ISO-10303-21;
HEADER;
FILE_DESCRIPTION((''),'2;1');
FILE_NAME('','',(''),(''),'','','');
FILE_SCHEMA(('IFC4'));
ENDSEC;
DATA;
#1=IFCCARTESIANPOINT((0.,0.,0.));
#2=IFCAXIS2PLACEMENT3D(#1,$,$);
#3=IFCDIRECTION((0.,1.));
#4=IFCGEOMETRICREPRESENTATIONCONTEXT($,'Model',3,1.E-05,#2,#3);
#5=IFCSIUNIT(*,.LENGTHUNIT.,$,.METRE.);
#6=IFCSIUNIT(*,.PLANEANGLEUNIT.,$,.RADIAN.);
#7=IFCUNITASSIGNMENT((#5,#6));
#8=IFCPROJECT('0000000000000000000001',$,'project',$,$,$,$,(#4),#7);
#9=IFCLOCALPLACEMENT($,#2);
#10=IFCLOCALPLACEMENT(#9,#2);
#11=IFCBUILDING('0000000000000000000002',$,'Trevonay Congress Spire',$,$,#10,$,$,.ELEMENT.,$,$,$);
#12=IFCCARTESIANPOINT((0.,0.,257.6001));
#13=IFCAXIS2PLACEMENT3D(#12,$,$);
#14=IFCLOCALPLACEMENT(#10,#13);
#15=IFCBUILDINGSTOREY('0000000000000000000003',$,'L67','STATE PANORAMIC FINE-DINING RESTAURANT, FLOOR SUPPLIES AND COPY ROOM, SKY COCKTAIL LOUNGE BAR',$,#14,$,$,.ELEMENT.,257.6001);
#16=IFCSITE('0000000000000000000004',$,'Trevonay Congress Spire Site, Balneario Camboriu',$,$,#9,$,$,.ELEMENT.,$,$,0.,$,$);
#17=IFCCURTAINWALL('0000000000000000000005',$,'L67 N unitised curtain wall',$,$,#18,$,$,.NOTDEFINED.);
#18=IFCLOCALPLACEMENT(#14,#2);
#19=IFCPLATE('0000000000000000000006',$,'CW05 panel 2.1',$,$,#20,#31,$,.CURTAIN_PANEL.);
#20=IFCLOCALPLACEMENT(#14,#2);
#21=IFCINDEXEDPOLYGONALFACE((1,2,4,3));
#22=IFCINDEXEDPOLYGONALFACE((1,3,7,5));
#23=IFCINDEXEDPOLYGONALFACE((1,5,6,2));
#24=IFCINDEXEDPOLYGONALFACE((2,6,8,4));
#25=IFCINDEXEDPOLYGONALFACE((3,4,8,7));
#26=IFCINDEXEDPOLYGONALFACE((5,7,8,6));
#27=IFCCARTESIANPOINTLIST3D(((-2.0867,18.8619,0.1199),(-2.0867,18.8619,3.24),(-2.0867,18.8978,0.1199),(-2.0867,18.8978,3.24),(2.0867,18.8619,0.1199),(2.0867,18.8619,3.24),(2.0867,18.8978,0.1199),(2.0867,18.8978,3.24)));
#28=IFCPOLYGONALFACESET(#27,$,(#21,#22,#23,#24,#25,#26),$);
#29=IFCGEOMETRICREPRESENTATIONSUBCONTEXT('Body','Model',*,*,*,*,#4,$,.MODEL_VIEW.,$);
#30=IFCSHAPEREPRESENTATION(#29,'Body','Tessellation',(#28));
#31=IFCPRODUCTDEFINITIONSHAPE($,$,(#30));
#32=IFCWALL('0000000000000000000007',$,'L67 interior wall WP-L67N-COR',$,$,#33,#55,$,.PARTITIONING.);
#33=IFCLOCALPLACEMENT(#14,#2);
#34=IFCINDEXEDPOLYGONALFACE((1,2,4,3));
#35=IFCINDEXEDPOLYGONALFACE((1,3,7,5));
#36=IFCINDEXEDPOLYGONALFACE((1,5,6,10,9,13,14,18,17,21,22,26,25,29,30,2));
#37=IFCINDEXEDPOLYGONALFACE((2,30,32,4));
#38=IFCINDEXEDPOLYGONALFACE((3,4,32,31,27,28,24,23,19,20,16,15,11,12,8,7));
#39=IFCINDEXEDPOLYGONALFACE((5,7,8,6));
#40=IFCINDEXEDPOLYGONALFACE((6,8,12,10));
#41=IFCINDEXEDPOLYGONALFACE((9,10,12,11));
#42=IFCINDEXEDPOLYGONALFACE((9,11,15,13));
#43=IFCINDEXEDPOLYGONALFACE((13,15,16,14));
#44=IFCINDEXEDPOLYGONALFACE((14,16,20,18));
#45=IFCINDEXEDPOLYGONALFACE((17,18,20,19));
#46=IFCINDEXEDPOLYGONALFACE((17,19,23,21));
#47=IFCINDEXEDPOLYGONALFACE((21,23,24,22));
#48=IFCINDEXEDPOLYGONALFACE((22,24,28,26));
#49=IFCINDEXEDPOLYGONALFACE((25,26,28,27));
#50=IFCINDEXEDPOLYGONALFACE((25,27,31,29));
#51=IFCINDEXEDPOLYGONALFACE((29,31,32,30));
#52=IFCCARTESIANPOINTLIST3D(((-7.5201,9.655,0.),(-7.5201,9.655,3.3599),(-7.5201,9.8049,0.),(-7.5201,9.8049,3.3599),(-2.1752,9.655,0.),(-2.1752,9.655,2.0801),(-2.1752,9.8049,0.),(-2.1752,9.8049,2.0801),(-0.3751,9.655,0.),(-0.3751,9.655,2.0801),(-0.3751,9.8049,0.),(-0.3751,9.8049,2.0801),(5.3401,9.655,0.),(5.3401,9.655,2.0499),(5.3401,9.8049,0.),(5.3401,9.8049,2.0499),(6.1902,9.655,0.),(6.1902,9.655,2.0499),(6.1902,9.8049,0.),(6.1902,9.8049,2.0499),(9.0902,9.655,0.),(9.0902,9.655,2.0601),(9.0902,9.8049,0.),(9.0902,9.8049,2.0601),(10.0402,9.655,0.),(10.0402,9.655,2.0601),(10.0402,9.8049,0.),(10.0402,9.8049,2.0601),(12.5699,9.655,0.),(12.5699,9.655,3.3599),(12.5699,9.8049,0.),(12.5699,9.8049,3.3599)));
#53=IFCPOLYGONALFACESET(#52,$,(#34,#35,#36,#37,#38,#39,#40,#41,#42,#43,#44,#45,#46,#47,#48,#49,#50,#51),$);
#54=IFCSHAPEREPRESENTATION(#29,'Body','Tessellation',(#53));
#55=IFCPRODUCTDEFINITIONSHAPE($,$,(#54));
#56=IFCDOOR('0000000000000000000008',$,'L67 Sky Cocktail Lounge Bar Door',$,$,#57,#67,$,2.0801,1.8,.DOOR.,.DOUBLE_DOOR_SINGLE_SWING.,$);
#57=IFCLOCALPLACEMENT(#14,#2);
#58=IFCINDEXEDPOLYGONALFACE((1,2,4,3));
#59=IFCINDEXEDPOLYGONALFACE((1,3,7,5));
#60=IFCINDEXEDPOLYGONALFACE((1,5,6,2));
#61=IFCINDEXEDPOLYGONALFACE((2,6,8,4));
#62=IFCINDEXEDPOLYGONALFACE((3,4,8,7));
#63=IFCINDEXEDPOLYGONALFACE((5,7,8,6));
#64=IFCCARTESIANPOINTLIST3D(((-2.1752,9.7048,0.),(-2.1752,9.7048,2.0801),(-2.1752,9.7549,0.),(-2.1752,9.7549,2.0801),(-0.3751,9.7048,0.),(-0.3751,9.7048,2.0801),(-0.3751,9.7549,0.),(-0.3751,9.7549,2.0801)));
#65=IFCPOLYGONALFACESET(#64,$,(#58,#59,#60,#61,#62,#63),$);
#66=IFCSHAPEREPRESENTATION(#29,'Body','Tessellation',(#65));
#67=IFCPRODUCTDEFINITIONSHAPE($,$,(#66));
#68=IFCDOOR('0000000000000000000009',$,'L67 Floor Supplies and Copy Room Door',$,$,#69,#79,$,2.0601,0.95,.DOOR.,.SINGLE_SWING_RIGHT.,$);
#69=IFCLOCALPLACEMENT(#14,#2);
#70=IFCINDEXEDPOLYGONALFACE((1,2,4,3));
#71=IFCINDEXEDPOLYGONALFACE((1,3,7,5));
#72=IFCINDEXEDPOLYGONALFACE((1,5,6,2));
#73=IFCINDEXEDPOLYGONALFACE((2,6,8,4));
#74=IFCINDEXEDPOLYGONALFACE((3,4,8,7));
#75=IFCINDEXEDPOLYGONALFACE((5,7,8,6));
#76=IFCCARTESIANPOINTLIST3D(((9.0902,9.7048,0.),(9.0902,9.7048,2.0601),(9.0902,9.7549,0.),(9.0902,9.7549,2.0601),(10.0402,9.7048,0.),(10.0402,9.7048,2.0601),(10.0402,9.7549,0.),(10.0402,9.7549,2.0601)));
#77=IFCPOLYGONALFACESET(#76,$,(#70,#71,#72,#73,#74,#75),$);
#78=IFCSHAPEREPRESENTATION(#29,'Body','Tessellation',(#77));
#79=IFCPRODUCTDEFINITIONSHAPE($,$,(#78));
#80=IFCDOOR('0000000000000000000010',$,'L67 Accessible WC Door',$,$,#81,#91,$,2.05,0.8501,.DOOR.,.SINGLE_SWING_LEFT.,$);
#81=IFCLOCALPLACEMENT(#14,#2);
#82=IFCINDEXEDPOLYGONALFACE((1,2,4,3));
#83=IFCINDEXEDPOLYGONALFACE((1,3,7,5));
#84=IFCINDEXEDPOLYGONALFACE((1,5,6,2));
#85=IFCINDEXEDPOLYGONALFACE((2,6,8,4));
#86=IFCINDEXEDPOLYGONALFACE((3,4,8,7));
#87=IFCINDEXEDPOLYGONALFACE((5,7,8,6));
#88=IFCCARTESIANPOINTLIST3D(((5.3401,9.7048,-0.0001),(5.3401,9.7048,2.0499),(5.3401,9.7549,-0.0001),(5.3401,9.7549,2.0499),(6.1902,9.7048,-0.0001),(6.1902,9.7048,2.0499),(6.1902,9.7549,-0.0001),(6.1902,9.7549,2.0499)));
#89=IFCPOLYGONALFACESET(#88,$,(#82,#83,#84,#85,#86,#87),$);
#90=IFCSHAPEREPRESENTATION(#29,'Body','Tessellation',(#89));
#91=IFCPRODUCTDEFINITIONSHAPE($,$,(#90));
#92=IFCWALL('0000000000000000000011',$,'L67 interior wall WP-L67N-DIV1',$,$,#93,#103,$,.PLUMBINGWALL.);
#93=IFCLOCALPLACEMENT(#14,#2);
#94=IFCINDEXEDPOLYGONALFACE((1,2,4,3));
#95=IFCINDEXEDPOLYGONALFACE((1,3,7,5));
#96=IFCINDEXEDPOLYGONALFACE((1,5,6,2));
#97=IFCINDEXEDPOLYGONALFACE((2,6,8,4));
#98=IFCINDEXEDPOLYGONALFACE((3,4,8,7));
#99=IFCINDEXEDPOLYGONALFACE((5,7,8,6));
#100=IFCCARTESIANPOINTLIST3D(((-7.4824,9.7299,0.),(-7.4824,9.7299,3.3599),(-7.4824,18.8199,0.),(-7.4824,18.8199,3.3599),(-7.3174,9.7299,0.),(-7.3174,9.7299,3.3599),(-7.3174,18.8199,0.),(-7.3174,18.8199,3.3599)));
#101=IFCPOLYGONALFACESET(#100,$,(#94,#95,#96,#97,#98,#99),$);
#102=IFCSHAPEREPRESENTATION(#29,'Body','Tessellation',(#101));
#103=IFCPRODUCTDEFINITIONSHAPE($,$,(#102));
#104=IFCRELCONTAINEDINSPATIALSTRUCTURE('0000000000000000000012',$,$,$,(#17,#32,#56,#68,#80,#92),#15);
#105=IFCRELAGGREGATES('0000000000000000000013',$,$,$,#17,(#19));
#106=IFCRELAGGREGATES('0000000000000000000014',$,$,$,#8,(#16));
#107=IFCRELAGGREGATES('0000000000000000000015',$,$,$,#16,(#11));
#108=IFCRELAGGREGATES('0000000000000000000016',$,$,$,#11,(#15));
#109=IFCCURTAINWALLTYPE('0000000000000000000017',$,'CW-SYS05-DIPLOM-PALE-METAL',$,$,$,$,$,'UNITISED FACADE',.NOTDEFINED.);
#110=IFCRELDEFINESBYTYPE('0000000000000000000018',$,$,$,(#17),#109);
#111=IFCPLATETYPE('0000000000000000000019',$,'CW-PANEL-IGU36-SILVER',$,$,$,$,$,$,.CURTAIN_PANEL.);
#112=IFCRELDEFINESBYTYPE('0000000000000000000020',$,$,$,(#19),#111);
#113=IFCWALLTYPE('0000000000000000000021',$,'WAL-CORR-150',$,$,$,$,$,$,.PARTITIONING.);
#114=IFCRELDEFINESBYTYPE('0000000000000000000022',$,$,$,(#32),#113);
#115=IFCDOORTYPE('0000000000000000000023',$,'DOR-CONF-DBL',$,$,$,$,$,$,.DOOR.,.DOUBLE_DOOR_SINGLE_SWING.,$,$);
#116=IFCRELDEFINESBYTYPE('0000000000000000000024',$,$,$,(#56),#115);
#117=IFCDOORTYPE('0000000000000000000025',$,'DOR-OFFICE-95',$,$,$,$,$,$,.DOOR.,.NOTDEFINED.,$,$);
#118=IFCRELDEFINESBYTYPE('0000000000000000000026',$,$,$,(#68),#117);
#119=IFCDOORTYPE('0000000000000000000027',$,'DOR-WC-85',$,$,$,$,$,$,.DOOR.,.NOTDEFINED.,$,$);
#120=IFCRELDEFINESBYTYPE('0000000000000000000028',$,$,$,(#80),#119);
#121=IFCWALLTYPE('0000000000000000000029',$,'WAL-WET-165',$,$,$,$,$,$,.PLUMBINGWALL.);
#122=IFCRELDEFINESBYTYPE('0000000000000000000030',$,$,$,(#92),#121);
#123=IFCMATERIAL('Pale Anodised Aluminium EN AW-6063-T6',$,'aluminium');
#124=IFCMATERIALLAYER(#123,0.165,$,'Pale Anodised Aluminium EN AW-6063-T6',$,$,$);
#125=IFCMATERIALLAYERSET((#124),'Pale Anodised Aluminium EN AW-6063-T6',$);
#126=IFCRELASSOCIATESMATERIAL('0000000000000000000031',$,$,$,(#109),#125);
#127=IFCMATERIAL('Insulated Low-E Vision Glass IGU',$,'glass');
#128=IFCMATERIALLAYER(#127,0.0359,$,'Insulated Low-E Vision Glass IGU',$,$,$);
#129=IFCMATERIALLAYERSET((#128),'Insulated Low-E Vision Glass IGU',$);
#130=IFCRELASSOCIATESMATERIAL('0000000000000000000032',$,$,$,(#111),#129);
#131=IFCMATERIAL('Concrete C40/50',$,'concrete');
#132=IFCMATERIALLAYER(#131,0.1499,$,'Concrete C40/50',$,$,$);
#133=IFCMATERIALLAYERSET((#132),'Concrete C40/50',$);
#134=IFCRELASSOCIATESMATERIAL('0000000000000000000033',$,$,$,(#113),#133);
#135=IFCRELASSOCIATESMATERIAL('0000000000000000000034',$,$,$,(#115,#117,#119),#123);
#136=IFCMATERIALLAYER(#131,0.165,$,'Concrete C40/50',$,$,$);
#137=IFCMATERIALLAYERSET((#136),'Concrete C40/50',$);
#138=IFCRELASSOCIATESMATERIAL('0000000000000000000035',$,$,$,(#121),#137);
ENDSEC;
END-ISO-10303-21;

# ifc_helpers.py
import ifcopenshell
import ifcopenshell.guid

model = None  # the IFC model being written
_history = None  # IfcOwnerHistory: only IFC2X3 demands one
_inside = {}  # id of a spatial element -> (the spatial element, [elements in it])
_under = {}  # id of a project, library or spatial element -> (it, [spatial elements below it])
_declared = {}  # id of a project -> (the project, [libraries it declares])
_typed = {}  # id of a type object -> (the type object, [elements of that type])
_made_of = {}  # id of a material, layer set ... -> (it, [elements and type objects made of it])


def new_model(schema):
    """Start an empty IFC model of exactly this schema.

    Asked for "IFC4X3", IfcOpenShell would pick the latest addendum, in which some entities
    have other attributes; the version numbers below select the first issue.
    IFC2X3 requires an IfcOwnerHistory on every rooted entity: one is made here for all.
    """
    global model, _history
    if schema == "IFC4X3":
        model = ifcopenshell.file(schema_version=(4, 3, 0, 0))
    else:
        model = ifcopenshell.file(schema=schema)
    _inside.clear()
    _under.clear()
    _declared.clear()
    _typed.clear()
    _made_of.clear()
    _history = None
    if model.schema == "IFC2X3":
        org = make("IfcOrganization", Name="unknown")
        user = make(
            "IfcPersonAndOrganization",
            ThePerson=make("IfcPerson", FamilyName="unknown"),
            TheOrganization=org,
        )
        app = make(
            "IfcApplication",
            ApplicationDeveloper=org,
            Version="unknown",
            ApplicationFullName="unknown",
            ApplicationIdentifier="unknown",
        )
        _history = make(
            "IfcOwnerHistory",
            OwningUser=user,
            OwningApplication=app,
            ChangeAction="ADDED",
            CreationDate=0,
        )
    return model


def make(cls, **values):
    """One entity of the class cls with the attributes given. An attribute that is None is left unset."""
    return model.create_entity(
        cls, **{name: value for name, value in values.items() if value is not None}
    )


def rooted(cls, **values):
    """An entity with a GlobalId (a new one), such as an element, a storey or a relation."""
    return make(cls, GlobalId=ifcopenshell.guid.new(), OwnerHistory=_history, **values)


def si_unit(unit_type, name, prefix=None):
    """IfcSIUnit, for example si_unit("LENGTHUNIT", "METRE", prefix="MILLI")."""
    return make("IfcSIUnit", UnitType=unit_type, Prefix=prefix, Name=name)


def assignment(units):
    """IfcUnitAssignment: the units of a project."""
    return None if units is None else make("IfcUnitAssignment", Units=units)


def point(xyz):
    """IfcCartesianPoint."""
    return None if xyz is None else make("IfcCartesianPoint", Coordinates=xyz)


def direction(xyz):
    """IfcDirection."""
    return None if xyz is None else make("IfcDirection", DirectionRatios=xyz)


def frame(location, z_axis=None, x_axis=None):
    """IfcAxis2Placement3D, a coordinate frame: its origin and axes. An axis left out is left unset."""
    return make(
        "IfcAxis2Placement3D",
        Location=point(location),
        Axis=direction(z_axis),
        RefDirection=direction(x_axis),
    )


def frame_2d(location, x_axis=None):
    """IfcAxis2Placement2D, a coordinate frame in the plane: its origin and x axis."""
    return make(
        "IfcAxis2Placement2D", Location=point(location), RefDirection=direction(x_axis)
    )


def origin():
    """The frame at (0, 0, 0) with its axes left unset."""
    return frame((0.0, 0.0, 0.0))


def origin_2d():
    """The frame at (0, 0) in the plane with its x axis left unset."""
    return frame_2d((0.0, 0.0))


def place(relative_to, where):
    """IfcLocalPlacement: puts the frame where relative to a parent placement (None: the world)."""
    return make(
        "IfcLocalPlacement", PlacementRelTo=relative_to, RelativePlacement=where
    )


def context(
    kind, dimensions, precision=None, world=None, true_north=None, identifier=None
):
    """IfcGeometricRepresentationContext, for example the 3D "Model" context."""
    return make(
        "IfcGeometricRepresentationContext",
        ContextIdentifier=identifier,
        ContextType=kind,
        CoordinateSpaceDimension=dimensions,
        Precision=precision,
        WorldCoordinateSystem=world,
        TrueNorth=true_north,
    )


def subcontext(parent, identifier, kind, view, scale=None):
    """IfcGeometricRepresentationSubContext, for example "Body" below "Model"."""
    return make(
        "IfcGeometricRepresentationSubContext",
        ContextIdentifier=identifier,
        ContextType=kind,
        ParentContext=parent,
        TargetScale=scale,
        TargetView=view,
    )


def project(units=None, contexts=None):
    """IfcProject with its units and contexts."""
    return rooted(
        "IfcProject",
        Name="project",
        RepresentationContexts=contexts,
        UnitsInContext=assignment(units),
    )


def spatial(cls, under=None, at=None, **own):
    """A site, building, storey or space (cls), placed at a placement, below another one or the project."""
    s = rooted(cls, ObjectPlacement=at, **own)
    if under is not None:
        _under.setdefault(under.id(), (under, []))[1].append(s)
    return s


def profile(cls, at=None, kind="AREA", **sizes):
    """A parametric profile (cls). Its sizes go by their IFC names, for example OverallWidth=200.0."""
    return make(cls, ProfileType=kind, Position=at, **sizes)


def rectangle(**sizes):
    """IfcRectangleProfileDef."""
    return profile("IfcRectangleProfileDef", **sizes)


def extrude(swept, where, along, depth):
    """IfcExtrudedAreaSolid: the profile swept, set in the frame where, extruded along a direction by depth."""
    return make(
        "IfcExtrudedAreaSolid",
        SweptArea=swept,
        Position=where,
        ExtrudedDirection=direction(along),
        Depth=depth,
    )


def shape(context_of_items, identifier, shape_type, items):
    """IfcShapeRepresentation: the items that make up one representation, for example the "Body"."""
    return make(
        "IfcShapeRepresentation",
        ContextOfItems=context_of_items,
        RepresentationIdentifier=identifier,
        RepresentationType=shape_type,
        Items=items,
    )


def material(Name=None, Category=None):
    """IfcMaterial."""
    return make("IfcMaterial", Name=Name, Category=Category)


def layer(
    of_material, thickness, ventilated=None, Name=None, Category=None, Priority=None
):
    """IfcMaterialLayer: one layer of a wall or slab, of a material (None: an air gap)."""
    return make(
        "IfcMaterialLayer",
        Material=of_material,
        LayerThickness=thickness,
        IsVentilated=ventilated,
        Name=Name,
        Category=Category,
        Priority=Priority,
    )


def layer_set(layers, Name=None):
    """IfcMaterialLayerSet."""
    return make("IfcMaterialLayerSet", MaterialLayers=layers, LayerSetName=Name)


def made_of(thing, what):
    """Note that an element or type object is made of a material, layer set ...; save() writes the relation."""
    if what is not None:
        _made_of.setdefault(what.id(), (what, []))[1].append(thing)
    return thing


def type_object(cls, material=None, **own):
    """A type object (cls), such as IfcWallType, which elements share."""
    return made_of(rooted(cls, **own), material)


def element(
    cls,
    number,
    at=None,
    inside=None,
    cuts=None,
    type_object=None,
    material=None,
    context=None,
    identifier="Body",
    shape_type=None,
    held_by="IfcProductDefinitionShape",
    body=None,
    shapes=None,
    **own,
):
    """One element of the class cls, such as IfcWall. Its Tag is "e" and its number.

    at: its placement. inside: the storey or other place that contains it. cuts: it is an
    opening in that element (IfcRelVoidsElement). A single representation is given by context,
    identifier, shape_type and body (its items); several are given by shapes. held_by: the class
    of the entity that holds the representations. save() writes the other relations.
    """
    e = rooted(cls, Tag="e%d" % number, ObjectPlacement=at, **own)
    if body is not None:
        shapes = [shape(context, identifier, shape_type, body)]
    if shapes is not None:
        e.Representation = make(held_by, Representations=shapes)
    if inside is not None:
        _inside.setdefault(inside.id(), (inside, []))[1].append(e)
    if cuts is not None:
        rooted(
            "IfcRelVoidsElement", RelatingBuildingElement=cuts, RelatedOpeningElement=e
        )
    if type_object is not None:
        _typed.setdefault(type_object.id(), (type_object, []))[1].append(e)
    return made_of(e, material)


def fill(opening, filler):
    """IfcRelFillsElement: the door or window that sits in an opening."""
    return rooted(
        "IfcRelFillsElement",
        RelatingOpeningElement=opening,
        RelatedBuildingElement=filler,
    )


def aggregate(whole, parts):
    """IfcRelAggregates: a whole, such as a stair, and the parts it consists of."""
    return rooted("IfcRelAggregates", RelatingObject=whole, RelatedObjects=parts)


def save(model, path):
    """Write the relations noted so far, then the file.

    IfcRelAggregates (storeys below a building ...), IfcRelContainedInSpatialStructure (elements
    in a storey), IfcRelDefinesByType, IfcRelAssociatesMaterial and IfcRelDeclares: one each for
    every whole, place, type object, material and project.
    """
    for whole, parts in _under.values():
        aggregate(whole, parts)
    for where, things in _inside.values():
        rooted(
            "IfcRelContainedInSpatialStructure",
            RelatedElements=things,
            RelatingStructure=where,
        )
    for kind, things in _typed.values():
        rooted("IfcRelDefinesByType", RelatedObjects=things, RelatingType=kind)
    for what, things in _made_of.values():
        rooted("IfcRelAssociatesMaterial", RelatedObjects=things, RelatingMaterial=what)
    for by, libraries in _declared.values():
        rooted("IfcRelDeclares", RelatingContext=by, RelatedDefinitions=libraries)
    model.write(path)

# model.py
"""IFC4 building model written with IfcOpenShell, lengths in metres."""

from ifc_helpers import new_model, si_unit, direction, frame, frame_2d, origin, origin_2d, place, context, subcontext, project, spatial, rectangle, extrude, material, layer, layer_set, type_object, element, fill, aggregate, save


model = new_model("IFC4")

# Units and contexts
model_context = context("Model", 3, precision=1e-05, world=origin(), true_north=direction((0.0, 1.0)))
body_context = subcontext(model_context, "Body", "Model", "MODEL_VIEW")
ifc_project = project(units=[si_unit("LENGTHUNIT", "METRE"), si_unit("PLANEANGLEUNIT", "RADIAN")], contexts=[model_context])

# Site, building, storey
site_placement = place(None, origin())
site = spatial("IfcSite", under=ifc_project, at=site_placement, Name="Trevonay Congress Spire Site, Balneario Camboriu", CompositionType="ELEMENT", RefElevation=0.0)
building_placement = place(site_placement, origin())
building = spatial("IfcBuilding", under=site, at=building_placement, Name="Trevonay Congress Spire", CompositionType="ELEMENT")
storey_placement = place(building_placement, frame((0.0, 0.0, 257.6001)))
storey = spatial("IfcBuildingStorey", under=building, at=storey_placement, Name="L67", Description="STATE PANORAMIC FINE-DINING RESTAURANT, FLOOR SUPPLIES AND COPY ROOM, SKY COCKTAIL LOUNGE BAR", CompositionType="ELEMENT", Elevation=257.6001)

# Curtain wall, plate
ifc_material_1 = material(Name="Pale Anodised Aluminium EN AW-6063-T6", Category="aluminium")
ifc_layer_1 = layer(ifc_material_1, 0.165, Name="Pale Anodised Aluminium EN AW-6063-T6")
ifc_layer_set_1 = layer_set([ifc_layer_1], Name="Pale Anodised Aluminium EN AW-6063-T6")
curtain_wall_type = type_object("IfcCurtainWallType", Name="CW-SYS05-DIPLOM-PALE-METAL", ElementType="UNITISED FACADE", PredefinedType="NOTDEFINED", material=ifc_layer_set_1)
curtain_wall_placement = place(storey_placement, origin())
curtain_wall = element("IfcCurtainWall", 1, at=curtain_wall_placement, inside=storey, type_object=curtain_wall_type, Name="L67 N unitised curtain wall", PredefinedType="NOTDEFINED")
ifc_material_2 = material(Name="Insulated Low-E Vision Glass IGU", Category="glass")
ifc_layer_2 = layer(ifc_material_2, 0.0359, Name="Insulated Low-E Vision Glass IGU")
ifc_layer_set_2 = layer_set([ifc_layer_2], Name="Insulated Low-E Vision Glass IGU")
plate_type = type_object("IfcPlateType", Name="CW-PANEL-IGU36-SILVER", PredefinedType="CURTAIN_PANEL", material=ifc_layer_set_2)
plate_1_placement = place(storey_placement, frame((0.0, 18.8799, 0.1199), z_axis=(0.0, 0.0, 1.0), x_axis=(1.0, 0.0, 0.0)))
plate_1 = element("IfcPlate", 2, at=plate_1_placement, type_object=plate_type, Name="CW05 panel 2.1", PredefinedType="CURTAIN_PANEL", context=body_context, shape_type="SweptSolid", body=[
    extrude(rectangle(XDim=4.1733, YDim=0.0359, at=origin_2d()), origin(), (0.0, 0.0, 1.0), 3.1201),
])
aggregate(curtain_wall, [plate_1])

# Wall, openings, doors
ifc_material_3 = material(Name="Concrete C40/50", Category="concrete")
ifc_layer_3 = layer(ifc_material_3, 0.1499, Name="Concrete C40/50")
ifc_layer_set_3 = layer_set([ifc_layer_3], Name="Concrete C40/50")
wall_type_1 = type_object("IfcWallType", Name="WAL-CORR-150", PredefinedType="PARTITIONING", material=ifc_layer_set_3)
wall_1_placement = place(storey_placement, frame((-7.52, 9.73, 0.0), z_axis=(0.0, 0.0, 1.0), x_axis=(1.0, 0.0, 0.0)))
wall_1 = element("IfcWall", 3, at=wall_1_placement, inside=storey, type_object=wall_type_1, Name="L67 interior wall WP-L67N-COR", PredefinedType="PARTITIONING", context=body_context, shape_type="SweptSolid", body=[
    extrude(rectangle(XDim=20.0901, YDim=0.1499, at=frame_2d((10.0449, 0.0))), origin(), (0.0, 0.0, 1.0), 3.3599),
])
opening_1_placement = place(wall_1_placement, frame((5.345, 0.0, 0.0)))
opening_1 = element("IfcOpeningElement", 4, at=opening_1_placement, cuts=wall_1, PredefinedType="OPENING", context=body_context, shape_type="SweptSolid", body=[
    extrude(rectangle(XDim=1.8, YDim=2.0801, at=frame_2d((0.8999, 1.04))), frame((0.0, 0.085, 0.0), z_axis=(0.0, -1.0, 0.0), x_axis=(1.0, 0.0, 0.0)), (0.0, 0.0, 1.0), 0.1699),
])
opening_2_placement = place(wall_1_placement, frame((12.8601, 0.0, 0.0)))
opening_2 = element("IfcOpeningElement", 5, at=opening_2_placement, cuts=wall_1, PredefinedType="OPENING", context=body_context, shape_type="SweptSolid", body=[
    extrude(rectangle(XDim=0.8501, YDim=2.05, at=frame_2d((0.425, 1.0249))), frame((0.0, 0.085, 0.0), z_axis=(0.0, -1.0, 0.0), x_axis=(1.0, 0.0, 0.0)), (0.0, 0.0, 1.0), 0.1699),
])
opening_3_placement = place(wall_1_placement, frame((16.6101, 0.0, 0.0)))
opening_3 = element("IfcOpeningElement", 6, at=opening_3_placement, cuts=wall_1, PredefinedType="OPENING", context=body_context, shape_type="SweptSolid", body=[
    extrude(rectangle(XDim=0.95, YDim=2.0601, at=frame_2d((0.4751, 1.03))), frame((0.0, 0.085, 0.0), z_axis=(0.0, -1.0, 0.0), x_axis=(1.0, 0.0, 0.0)), (0.0, 0.0, 1.0), 0.1699),
])
door_type_1 = type_object("IfcDoorType", Name="DOR-CONF-DBL", OperationType="DOUBLE_DOOR_SINGLE_SWING", PredefinedType="DOOR", material=ifc_material_1)
door_1_placement = place(opening_1_placement, origin())
door_1 = element("IfcDoor", 7, at=door_1_placement, inside=storey, type_object=door_type_1, Name="L67 Sky Cocktail Lounge Bar Door", OperationType="DOUBLE_DOOR_SINGLE_SWING", OverallHeight=2.0801, OverallWidth=1.8, PredefinedType="DOOR", context=body_context, shape_type="SweptSolid", body=[
    extrude(rectangle(XDim=1.8, YDim=2.0801, at=frame_2d((0.8999, 1.04))), frame((0.0, 0.0249, 0.0), z_axis=(0.0, -1.0, 0.0), x_axis=(1.0, 0.0, 0.0)), (0.0, 0.0, 1.0), 0.05),
])
fill(opening_1, door_1)
door_type_2 = type_object("IfcDoorType", Name="DOR-OFFICE-95", OperationType="NOTDEFINED", PredefinedType="DOOR", material=ifc_material_1)
door_2_placement = place(opening_3_placement, origin())
door_2 = element("IfcDoor", 8, at=door_2_placement, inside=storey, type_object=door_type_2, Name="L67 Floor Supplies and Copy Room Door", OperationType="SINGLE_SWING_RIGHT", OverallHeight=2.0601, OverallWidth=0.95, PredefinedType="DOOR", context=body_context, shape_type="SweptSolid", body=[
    extrude(rectangle(XDim=0.95, YDim=2.0601, at=frame_2d((0.4751, 1.03))), frame((0.0, 0.0249, 0.0), z_axis=(0.0, -1.0, 0.0), x_axis=(1.0, 0.0, 0.0)), (0.0, 0.0, 1.0), 0.05),
])
fill(opening_3, door_2)
door_type_3 = type_object("IfcDoorType", Name="DOR-WC-85", OperationType="NOTDEFINED", PredefinedType="DOOR", material=ifc_material_1)
door_3_placement = place(opening_2_placement, origin())
door_3 = element("IfcDoor", 9, at=door_3_placement, inside=storey, type_object=door_type_3, Name="L67 Accessible WC Door", OperationType="SINGLE_SWING_LEFT", OverallHeight=2.05, OverallWidth=0.8501, PredefinedType="DOOR", context=body_context, shape_type="SweptSolid", body=[
    extrude(rectangle(XDim=0.8501, YDim=2.05, at=frame_2d((0.425, 1.0249))), frame((0.0, 0.0249, 0.0), z_axis=(0.0, -1.0, 0.0), x_axis=(1.0, 0.0, 0.0)), (0.0, 0.0, 1.0), 0.05),
])
fill(opening_2, door_3)

# Wall
ifc_layer_4 = layer(ifc_material_3, 0.165, Name="Concrete C40/50")
ifc_layer_set_4 = layer_set([ifc_layer_4], Name="Concrete C40/50")
wall_type_2 = type_object("IfcWallType", Name="WAL-WET-165", PredefinedType="PLUMBINGWALL", material=ifc_layer_set_4)
wall_2_placement = place(storey_placement, frame((-7.3999, 9.73, 0.0), z_axis=(0.0, 0.0, 1.0), x_axis=(0.0, 1.0, 0.0)))
element("IfcWall", 10, at=wall_2_placement, inside=storey, type_object=wall_type_2, Name="L67 interior wall WP-L67N-DIV1", PredefinedType="PLUMBINGWALL", context=body_context, shape_type="SweptSolid", body=[
    extrude(rectangle(XDim=9.0901, YDim=0.165, at=frame_2d((4.5449, 0.0))), origin(), (0.0, 0.0, 1.0), 3.3599),
])

save(model, "model.ifc")
